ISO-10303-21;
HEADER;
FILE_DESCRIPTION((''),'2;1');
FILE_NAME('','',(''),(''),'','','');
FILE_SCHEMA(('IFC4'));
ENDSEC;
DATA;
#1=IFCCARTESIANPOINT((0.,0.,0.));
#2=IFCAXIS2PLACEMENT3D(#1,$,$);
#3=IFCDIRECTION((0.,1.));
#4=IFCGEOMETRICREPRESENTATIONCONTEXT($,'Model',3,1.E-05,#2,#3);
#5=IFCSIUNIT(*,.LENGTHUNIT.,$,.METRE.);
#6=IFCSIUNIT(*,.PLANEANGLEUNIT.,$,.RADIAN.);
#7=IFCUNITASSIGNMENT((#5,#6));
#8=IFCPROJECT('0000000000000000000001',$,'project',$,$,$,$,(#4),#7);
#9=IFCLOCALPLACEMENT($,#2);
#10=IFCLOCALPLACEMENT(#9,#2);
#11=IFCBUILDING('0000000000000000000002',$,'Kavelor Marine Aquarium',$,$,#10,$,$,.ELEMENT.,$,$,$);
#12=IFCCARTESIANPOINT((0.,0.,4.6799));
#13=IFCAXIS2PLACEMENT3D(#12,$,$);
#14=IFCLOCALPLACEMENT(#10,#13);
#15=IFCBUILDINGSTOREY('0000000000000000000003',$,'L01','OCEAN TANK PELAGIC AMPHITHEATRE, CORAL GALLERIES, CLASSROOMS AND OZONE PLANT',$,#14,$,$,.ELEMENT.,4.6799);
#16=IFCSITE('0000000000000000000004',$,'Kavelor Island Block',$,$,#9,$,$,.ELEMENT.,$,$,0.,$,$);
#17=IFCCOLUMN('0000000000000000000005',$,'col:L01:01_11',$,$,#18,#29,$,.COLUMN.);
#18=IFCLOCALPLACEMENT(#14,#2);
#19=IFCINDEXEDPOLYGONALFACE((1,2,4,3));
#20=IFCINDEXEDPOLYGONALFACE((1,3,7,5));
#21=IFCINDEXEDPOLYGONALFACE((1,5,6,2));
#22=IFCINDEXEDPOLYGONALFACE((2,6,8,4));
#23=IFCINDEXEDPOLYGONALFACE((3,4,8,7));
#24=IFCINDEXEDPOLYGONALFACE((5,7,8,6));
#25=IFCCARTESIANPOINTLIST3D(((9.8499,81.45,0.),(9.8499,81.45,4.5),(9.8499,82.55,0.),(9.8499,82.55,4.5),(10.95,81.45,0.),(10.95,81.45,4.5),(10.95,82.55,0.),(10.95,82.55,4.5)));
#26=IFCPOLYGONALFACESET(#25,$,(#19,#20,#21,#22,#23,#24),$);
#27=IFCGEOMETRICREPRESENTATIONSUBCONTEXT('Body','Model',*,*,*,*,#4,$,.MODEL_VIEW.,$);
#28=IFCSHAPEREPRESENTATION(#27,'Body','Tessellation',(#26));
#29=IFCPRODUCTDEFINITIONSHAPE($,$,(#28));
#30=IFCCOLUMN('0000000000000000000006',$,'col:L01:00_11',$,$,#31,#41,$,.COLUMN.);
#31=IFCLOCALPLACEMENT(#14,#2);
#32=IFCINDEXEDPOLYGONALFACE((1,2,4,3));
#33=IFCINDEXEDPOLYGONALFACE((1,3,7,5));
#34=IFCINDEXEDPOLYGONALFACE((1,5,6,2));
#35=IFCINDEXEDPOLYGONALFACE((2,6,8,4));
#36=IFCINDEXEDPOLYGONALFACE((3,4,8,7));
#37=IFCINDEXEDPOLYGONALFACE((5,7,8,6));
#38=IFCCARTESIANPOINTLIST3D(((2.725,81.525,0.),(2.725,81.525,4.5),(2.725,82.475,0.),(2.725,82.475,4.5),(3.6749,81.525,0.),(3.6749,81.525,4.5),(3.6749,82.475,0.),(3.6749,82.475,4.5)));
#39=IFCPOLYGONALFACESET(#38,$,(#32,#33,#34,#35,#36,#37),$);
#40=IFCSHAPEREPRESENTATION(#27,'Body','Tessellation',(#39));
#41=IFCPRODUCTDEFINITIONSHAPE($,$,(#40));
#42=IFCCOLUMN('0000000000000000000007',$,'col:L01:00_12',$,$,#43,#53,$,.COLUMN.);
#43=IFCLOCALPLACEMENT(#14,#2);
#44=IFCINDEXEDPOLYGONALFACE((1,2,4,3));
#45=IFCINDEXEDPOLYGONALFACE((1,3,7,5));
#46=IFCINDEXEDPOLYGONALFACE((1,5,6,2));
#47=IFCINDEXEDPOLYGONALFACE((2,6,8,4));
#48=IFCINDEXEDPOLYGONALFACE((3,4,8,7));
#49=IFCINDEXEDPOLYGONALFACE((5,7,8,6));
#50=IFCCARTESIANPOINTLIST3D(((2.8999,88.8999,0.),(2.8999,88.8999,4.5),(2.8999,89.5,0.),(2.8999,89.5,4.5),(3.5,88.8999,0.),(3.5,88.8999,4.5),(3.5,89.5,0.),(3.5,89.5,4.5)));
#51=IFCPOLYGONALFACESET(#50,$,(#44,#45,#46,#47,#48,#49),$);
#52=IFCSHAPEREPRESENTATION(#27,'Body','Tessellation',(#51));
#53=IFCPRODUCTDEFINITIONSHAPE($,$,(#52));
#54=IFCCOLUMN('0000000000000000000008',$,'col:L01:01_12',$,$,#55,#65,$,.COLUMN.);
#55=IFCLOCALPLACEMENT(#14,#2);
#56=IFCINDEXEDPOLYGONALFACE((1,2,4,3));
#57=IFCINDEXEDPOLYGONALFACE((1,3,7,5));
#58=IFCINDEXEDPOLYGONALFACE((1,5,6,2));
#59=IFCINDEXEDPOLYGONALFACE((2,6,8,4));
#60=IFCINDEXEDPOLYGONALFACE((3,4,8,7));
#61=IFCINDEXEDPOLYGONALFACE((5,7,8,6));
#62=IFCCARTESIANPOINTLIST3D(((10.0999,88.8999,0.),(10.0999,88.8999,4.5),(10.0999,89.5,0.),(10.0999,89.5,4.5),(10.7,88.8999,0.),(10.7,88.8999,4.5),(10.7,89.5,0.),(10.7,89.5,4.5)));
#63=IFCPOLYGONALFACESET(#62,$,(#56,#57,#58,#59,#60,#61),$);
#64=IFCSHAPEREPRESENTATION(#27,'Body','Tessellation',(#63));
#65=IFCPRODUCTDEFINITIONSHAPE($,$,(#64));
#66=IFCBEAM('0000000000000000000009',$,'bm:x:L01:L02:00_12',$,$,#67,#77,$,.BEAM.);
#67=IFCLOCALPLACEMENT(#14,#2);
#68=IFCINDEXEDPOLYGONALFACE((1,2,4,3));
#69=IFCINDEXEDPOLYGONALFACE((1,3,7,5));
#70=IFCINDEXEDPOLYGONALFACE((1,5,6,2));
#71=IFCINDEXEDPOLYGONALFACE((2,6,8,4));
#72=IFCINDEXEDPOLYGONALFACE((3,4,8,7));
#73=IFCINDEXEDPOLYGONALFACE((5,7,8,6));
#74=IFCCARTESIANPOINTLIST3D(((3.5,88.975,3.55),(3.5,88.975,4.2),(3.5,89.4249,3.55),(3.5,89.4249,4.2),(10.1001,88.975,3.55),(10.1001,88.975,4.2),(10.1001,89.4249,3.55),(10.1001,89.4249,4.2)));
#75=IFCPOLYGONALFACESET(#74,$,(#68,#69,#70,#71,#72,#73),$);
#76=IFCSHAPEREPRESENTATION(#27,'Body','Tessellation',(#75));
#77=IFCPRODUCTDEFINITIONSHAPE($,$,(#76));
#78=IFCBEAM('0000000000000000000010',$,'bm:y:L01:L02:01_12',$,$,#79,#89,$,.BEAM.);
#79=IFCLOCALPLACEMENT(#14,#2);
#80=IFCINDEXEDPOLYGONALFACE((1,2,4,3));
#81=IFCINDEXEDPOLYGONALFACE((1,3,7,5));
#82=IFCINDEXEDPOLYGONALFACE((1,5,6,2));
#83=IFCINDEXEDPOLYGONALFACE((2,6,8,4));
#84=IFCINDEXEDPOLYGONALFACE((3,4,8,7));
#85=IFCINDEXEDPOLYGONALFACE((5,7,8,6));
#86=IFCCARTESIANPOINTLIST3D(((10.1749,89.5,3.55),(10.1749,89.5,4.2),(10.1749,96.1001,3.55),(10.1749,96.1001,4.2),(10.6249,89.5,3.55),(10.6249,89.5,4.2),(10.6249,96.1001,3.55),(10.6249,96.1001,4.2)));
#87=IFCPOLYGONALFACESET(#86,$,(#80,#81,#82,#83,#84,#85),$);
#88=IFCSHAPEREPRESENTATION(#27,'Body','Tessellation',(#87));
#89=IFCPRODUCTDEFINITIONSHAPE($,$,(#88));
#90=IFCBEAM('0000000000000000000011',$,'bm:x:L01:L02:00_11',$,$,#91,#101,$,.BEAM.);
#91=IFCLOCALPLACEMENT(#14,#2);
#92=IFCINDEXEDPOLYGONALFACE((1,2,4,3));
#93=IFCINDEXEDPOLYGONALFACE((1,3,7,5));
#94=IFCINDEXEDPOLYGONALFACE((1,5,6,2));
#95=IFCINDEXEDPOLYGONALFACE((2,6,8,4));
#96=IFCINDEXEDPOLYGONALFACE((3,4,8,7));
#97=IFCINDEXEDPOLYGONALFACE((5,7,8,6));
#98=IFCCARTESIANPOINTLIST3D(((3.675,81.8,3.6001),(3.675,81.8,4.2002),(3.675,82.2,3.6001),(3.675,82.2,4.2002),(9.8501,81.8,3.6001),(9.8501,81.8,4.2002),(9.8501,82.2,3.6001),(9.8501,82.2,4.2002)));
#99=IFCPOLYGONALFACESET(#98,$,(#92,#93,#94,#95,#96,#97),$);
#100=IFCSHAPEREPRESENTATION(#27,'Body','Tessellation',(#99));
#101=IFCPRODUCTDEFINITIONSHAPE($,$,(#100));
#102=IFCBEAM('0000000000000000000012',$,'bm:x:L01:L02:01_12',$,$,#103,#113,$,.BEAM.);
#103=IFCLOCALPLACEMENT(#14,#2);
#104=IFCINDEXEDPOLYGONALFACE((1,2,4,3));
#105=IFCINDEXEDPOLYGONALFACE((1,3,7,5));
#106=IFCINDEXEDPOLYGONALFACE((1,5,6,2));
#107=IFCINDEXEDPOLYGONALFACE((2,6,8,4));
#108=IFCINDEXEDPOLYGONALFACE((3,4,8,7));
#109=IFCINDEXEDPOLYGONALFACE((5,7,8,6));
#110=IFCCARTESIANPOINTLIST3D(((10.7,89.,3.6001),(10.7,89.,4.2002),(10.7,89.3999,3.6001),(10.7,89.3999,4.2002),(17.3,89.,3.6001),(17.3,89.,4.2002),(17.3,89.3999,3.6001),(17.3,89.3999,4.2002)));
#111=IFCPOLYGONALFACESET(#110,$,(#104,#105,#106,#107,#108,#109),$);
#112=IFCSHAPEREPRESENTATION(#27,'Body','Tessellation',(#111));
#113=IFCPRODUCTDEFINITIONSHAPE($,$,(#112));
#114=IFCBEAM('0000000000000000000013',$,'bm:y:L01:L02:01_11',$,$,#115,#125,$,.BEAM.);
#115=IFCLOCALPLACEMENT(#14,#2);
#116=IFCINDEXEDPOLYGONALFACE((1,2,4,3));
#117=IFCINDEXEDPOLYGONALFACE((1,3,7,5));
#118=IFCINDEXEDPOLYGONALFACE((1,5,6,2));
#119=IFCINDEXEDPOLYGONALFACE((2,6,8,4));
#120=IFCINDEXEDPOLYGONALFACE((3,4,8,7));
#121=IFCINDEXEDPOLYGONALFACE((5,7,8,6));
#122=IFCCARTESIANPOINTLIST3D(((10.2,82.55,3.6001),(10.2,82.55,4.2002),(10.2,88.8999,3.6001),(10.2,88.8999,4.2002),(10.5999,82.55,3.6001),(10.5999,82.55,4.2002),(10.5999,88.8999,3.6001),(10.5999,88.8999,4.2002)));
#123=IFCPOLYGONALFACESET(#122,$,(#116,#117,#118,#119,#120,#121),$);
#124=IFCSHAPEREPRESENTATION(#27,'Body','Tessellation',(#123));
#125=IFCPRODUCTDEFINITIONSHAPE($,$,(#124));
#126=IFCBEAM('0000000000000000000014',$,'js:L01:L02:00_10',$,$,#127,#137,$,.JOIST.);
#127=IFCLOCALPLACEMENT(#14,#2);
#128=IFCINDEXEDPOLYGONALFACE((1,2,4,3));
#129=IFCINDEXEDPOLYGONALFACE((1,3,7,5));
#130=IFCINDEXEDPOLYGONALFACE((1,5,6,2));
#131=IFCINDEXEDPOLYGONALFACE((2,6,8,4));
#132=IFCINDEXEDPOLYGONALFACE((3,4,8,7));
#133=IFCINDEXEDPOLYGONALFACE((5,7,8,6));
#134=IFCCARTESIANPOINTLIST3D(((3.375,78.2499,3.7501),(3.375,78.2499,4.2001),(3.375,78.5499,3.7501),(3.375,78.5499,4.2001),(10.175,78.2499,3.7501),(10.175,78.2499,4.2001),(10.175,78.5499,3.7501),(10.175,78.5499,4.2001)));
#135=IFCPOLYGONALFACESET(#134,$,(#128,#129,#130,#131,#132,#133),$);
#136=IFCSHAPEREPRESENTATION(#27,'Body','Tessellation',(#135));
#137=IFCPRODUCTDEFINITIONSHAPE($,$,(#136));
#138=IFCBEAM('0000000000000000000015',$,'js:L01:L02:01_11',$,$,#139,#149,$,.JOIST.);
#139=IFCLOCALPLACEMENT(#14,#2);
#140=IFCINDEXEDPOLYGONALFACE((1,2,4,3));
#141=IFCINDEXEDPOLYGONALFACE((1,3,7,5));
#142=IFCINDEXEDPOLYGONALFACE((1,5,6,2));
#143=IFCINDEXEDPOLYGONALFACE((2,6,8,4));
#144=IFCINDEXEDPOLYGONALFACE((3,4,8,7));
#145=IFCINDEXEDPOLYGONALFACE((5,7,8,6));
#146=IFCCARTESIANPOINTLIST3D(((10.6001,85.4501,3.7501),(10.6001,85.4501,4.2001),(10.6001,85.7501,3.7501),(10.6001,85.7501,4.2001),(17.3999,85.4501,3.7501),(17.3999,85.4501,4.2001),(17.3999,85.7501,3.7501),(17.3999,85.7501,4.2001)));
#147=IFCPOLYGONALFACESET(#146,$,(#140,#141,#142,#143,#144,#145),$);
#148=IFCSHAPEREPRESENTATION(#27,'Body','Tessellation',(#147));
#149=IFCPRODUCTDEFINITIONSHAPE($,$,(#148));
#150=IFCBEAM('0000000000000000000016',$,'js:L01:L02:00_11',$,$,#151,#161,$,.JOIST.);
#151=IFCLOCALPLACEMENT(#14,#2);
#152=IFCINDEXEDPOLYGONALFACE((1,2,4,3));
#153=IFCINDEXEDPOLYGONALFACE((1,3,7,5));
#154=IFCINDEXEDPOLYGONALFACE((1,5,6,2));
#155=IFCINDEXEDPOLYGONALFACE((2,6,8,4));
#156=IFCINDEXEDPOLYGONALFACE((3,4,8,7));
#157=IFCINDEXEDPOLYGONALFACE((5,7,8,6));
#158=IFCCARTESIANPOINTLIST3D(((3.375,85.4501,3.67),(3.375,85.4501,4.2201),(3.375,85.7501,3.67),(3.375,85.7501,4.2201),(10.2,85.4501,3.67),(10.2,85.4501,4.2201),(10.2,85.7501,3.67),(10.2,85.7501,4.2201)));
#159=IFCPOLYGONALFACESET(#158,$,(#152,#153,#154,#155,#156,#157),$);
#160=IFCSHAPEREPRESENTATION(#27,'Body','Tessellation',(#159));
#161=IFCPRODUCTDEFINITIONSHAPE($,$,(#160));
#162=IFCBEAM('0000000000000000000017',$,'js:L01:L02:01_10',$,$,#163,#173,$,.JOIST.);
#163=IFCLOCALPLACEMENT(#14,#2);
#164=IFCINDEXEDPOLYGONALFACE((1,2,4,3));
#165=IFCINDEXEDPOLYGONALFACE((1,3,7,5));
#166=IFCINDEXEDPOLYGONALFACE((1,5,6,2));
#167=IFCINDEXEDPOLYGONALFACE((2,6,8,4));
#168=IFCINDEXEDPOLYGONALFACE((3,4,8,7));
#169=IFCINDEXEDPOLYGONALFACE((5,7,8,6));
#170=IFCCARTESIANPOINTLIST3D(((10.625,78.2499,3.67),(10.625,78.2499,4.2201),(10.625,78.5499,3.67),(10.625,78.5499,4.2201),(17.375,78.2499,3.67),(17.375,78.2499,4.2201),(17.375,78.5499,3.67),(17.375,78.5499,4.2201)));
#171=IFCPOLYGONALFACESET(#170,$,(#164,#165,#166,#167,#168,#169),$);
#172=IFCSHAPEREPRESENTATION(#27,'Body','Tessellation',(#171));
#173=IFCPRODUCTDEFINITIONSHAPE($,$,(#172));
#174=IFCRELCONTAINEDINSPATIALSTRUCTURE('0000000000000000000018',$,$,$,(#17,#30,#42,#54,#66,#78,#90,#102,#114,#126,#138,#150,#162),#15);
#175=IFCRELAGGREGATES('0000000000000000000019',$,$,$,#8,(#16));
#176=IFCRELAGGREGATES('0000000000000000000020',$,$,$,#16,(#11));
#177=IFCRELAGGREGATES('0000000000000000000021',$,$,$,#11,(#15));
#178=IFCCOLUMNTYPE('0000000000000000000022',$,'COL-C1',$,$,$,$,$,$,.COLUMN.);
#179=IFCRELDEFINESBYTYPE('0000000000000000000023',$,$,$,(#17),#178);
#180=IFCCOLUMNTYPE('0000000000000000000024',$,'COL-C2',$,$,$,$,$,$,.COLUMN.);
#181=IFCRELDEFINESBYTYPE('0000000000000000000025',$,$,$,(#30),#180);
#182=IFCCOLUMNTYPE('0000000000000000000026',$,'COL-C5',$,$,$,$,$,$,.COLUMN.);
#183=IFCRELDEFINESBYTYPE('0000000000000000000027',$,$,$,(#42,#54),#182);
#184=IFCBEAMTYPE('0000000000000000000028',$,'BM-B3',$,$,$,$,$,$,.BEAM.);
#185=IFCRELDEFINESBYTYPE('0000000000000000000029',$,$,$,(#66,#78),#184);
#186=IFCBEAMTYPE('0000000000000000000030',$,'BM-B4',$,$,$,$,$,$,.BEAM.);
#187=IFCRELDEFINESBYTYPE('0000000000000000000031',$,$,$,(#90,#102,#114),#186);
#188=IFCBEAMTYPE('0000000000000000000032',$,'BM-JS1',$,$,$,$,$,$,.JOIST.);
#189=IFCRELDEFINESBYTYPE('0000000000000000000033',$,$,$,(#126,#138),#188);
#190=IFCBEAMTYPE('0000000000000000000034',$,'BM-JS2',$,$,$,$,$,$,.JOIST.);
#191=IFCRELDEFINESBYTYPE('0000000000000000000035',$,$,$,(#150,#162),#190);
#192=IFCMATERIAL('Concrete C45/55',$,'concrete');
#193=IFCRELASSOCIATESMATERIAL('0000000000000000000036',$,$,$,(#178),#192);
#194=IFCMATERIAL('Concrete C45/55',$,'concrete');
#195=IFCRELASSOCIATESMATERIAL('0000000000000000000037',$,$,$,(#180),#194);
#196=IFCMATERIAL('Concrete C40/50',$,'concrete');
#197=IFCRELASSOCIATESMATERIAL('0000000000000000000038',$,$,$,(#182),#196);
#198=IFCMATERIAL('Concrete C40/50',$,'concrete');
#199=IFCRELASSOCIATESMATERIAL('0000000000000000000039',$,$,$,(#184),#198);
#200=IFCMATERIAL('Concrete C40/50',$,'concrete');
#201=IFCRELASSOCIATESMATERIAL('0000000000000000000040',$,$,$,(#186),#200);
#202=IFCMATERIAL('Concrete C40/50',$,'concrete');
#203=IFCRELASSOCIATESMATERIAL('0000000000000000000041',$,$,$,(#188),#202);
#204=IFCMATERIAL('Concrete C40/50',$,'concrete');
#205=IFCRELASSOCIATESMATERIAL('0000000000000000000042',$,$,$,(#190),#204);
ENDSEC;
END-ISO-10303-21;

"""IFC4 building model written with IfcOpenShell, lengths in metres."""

from ifc_helpers import new_model, si_unit, direction, frame, origin, origin_2d, place, context, subcontext, project, spatial, rectangle, extrude, material, material_profile, profile_set, type_object, element, save


model = new_model("IFC4")

# Units and contexts
model_context = context("Model", 3, precision=1e-05, world=origin(), true_north=direction((0.0, 1.0)))
body_context = subcontext(model_context, "Body", "Model", "MODEL_VIEW")
ifc_project = project(units=[si_unit("LENGTHUNIT", "METRE"), si_unit("PLANEANGLEUNIT", "RADIAN")], contexts=[model_context])

# Site, building, storey
site_placement = place(None, origin())
site = spatial("IfcSite", under=ifc_project, at=site_placement, Name="Kavelor Island Block", CompositionType="ELEMENT", RefElevation=0.0)
building_placement = place(site_placement, origin())
building = spatial("IfcBuilding", under=site, at=building_placement, Name="Kavelor Marine Aquarium", CompositionType="ELEMENT")
storey_placement = place(building_placement, frame((0.0, 0.0, 4.6799)))
storey = spatial("IfcBuildingStorey", under=building, at=storey_placement, Name="L01", Description="OCEAN TANK PELAGIC AMPHITHEATRE, CORAL GALLERIES, CLASSROOMS AND OZONE PLANT", CompositionType="ELEMENT", Elevation=4.6799)

# Columns
ifc_material_1 = material(Name="Concrete C45/55", Category="concrete")
ifc_material_profile_1 = material_profile(ifc_material_1, rectangle(XDim=1.1001, YDim=1.1001, at=origin_2d()), Name="RC-COL 1100x1100")
ifc_profile_set_1 = profile_set([ifc_material_profile_1], Name="Concrete C45/55")
column_type_1 = type_object("IfcColumnType", Name="COL-C1", PredefinedType="COLUMN", material=ifc_profile_set_1)
column_1_placement = place(storey_placement, frame((10.3999, 82.0, 0.0), z_axis=(0.0, 0.0, 1.0), x_axis=(1.0, 0.0, 0.0)))
element("IfcColumn", 1, at=column_1_placement, inside=storey, type_object=column_type_1, Name="col:L01:01_11", PredefinedType="COLUMN", context=body_context, shape_type="SweptSolid", body=[
    extrude(rectangle(XDim=1.1001, YDim=1.1001, at=origin_2d()), origin(), (0.0, 0.0, 1.0), 4.5),
])
ifc_material_2 = material(Name="Concrete C45/55", Category="concrete")
ifc_material_profile_2 = material_profile(ifc_material_2, rectangle(XDim=0.95, YDim=0.95, at=origin_2d()), Name="RC-COL 950x950")
ifc_profile_set_2 = profile_set([ifc_material_profile_2], Name="Concrete C45/55")
column_type_2 = type_object("IfcColumnType", Name="COL-C2", PredefinedType="COLUMN", material=ifc_profile_set_2)
column_2_placement = place(storey_placement, frame((3.2, 82.0, 0.0), z_axis=(0.0, 0.0, 1.0), x_axis=(1.0, 0.0, 0.0)))
element("IfcColumn", 2, at=column_2_placement, inside=storey, type_object=column_type_2, Name="col:L01:00_11", PredefinedType="COLUMN", context=body_context, shape_type="SweptSolid", body=[
    extrude(rectangle(XDim=0.95, YDim=0.95, at=origin_2d()), origin(), (0.0, 0.0, 1.0), 4.5),
])
ifc_material_3 = material(Name="Concrete C40/50", Category="concrete")
ifc_material_profile_3 = material_profile(ifc_material_3, rectangle(XDim=0.6001, YDim=0.6001, at=origin_2d()), Name="RC-COL 600x600")
ifc_profile_set_3 = profile_set([ifc_material_profile_3], Name="Concrete C40/50")
column_type_3 = type_object("IfcColumnType", Name="COL-C5", PredefinedType="COLUMN", material=ifc_profile_set_3)
for number, where, z_axis, x_axis, name in (
    (3, (3.2, 89.2, 0.0), (0.0, 0.0, 1.0), (1.0, 0.0, 0.0), "col:L01:00_12"),
    (4, (10.3999, 89.2, 0.0), (0.0, 0.0, 1.0), (1.0, 0.0, 0.0), "col:L01:01_12"),
):
    element("IfcColumn", number, at=place(storey_placement, frame(where, z_axis=z_axis, x_axis=x_axis)), inside=storey, type_object=column_type_3, Name=name, PredefinedType="COLUMN", context=body_context, shape_type="SweptSolid", body=[
        extrude(rectangle(XDim=0.6001, YDim=0.6001, at=origin_2d()), origin(), (0.0, 0.0, 1.0), 4.5),
    ])

# Beams
ifc_material_4 = material(Name="Concrete C40/50", Category="concrete")
ifc_material_profile_4 = material_profile(ifc_material_4, rectangle(XDim=0.45, YDim=0.6499, at=origin_2d()), Name="RC-BM 450x650")
ifc_profile_set_4 = profile_set([ifc_material_profile_4], Name="Concrete C40/50")
beam_type_1 = type_object("IfcBeamType", Name="BM-B3", PredefinedType="BEAM", material=ifc_profile_set_4)
for number, where, z_axis, x_axis, name in (
    (5, (3.5, 89.2, 3.875), (1.0, 0.0, 0.0), (0.0, 1.0, 0.0), "bm:x:L01:L02:00_12"),
    (6, (10.3999, 89.5, 3.875), (0.0, 1.0, 0.0), (-1.0, 0.0, 0.0), "bm:y:L01:L02:01_12"),
):
    element("IfcBeam", number, at=place(storey_placement, frame(where, z_axis=z_axis, x_axis=x_axis)), inside=storey, type_object=beam_type_1, Name=name, PredefinedType="BEAM", context=body_context, shape_type="SweptSolid", body=[
        extrude(rectangle(XDim=0.45, YDim=0.6499, at=origin_2d()), origin(), (0.0, 0.0, 1.0), 6.6001),
    ])
ifc_material_5 = material(Name="Concrete C40/50", Category="concrete")
ifc_material_profile_5 = material_profile(ifc_material_5, rectangle(XDim=0.3999, YDim=0.6001, at=origin_2d()), Name="RC-BM 400x600")
ifc_profile_set_5 = profile_set([ifc_material_profile_5], Name="Concrete C40/50")
beam_type_2 = type_object("IfcBeamType", Name="BM-B4", PredefinedType="BEAM", material=ifc_profile_set_5)
beam_1_placement = place(storey_placement, frame((3.675, 82.0, 3.9001), z_axis=(1.0, 0.0, 0.0), x_axis=(0.0, 1.0, 0.0)))
element("IfcBeam", 7, at=beam_1_placement, inside=storey, type_object=beam_type_2, Name="bm:x:L01:L02:00_11", PredefinedType="BEAM", context=body_context, shape_type="SweptSolid", body=[
    extrude(rectangle(XDim=0.3999, YDim=0.6001, at=origin_2d()), origin(), (0.0, 0.0, 1.0), 6.175),
])
beam_2_placement = place(storey_placement, frame((10.7, 89.2, 3.9001), z_axis=(1.0, 0.0, 0.0), x_axis=(0.0, 1.0, 0.0)))
element("IfcBeam", 8, at=beam_2_placement, inside=storey, type_object=beam_type_2, Name="bm:x:L01:L02:01_12", PredefinedType="BEAM", context=body_context, shape_type="SweptSolid", body=[
    extrude(rectangle(XDim=0.3999, YDim=0.6001, at=origin_2d()), origin(), (0.0, 0.0, 1.0), 6.6001),
])
beam_3_placement = place(storey_placement, frame((10.3999, 82.55, 3.9001), z_axis=(0.0, 1.0, 0.0), x_axis=(-1.0, 0.0, 0.0)))
element("IfcBeam", 9, at=beam_3_placement, inside=storey, type_object=beam_type_2, Name="bm:y:L01:L02:01_11", PredefinedType="BEAM", context=body_context, shape_type="SweptSolid", body=[
    extrude(rectangle(XDim=0.3999, YDim=0.6001, at=origin_2d()), origin(), (0.0, 0.0, 1.0), 6.3499),
])
ifc_material_6 = material(Name="Concrete C40/50", Category="concrete")
ifc_material_profile_6 = material_profile(ifc_material_6, rectangle(XDim=0.3, YDim=0.45, at=origin_2d()), Name="RC-JS 300x450")
ifc_profile_set_6 = profile_set([ifc_material_profile_6], Name="Concrete C40/50")
beam_type_3 = type_object("IfcBeamType", Name="BM-JS1", PredefinedType="JOIST", material=ifc_profile_set_6)
beam_4_placement = place(storey_placement, frame((3.375, 78.3999, 3.9751), z_axis=(1.0, 0.0, 0.0), x_axis=(0.0, 1.0, 0.0)))
element("IfcBeam", 10, at=beam_4_placement, inside=storey, type_object=beam_type_3, Name="js:L01:L02:00_10", PredefinedType="JOIST", context=body_context, shape_type="SweptSolid", body=[
    extrude(rectangle(XDim=0.3, YDim=0.45, at=origin_2d()), origin(), (0.0, 0.0, 1.0), 6.8),
])
beam_5_placement = place(storey_placement, frame((10.6001, 85.6001, 3.9751), z_axis=(1.0, 0.0, 0.0), x_axis=(0.0, 1.0, 0.0)))
element("IfcBeam", 11, at=beam_5_placement, inside=storey, type_object=beam_type_3, Name="js:L01:L02:01_11", PredefinedType="JOIST", context=body_context, shape_type="SweptSolid", body=[
    extrude(rectangle(XDim=0.3, YDim=0.45, at=origin_2d()), origin(), (0.0, 0.0, 1.0), 6.7998),
])
ifc_material_7 = material(Name="Concrete C40/50", Category="concrete")
ifc_material_profile_7 = material_profile(ifc_material_7, rectangle(XDim=0.3, YDim=0.55, at=origin_2d()), Name="RC-JS 300x550")
ifc_profile_set_7 = profile_set([ifc_material_profile_7], Name="Concrete C40/50")
beam_type_4 = type_object("IfcBeamType", Name="BM-JS2", PredefinedType="JOIST", material=ifc_profile_set_7)
beam_6_placement = place(storey_placement, frame((3.375, 85.6001, 3.9451), z_axis=(1.0, 0.0, 0.0), x_axis=(0.0, 1.0, 0.0)))
element("IfcBeam", 12, at=beam_6_placement, inside=storey, type_object=beam_type_4, Name="js:L01:L02:00_11", PredefinedType="JOIST", context=body_context, shape_type="SweptSolid", body=[
    extrude(rectangle(XDim=0.3, YDim=0.55, at=origin_2d()), origin(), (0.0, 0.0, 1.0), 6.825),
])
beam_7_placement = place(storey_placement, frame((10.625, 78.3999, 3.9451), z_axis=(1.0, 0.0, 0.0), x_axis=(0.0, 1.0, 0.0)))
element("IfcBeam", 13, at=beam_7_placement, inside=storey, type_object=beam_type_4, Name="js:L01:L02:01_10", PredefinedType="JOIST", context=body_context, shape_type="SweptSolid", body=[
    extrude(rectangle(XDim=0.3, YDim=0.55, at=origin_2d()), origin(), (0.0, 0.0, 1.0), 6.75),
])

save(model, "model.ifc")
